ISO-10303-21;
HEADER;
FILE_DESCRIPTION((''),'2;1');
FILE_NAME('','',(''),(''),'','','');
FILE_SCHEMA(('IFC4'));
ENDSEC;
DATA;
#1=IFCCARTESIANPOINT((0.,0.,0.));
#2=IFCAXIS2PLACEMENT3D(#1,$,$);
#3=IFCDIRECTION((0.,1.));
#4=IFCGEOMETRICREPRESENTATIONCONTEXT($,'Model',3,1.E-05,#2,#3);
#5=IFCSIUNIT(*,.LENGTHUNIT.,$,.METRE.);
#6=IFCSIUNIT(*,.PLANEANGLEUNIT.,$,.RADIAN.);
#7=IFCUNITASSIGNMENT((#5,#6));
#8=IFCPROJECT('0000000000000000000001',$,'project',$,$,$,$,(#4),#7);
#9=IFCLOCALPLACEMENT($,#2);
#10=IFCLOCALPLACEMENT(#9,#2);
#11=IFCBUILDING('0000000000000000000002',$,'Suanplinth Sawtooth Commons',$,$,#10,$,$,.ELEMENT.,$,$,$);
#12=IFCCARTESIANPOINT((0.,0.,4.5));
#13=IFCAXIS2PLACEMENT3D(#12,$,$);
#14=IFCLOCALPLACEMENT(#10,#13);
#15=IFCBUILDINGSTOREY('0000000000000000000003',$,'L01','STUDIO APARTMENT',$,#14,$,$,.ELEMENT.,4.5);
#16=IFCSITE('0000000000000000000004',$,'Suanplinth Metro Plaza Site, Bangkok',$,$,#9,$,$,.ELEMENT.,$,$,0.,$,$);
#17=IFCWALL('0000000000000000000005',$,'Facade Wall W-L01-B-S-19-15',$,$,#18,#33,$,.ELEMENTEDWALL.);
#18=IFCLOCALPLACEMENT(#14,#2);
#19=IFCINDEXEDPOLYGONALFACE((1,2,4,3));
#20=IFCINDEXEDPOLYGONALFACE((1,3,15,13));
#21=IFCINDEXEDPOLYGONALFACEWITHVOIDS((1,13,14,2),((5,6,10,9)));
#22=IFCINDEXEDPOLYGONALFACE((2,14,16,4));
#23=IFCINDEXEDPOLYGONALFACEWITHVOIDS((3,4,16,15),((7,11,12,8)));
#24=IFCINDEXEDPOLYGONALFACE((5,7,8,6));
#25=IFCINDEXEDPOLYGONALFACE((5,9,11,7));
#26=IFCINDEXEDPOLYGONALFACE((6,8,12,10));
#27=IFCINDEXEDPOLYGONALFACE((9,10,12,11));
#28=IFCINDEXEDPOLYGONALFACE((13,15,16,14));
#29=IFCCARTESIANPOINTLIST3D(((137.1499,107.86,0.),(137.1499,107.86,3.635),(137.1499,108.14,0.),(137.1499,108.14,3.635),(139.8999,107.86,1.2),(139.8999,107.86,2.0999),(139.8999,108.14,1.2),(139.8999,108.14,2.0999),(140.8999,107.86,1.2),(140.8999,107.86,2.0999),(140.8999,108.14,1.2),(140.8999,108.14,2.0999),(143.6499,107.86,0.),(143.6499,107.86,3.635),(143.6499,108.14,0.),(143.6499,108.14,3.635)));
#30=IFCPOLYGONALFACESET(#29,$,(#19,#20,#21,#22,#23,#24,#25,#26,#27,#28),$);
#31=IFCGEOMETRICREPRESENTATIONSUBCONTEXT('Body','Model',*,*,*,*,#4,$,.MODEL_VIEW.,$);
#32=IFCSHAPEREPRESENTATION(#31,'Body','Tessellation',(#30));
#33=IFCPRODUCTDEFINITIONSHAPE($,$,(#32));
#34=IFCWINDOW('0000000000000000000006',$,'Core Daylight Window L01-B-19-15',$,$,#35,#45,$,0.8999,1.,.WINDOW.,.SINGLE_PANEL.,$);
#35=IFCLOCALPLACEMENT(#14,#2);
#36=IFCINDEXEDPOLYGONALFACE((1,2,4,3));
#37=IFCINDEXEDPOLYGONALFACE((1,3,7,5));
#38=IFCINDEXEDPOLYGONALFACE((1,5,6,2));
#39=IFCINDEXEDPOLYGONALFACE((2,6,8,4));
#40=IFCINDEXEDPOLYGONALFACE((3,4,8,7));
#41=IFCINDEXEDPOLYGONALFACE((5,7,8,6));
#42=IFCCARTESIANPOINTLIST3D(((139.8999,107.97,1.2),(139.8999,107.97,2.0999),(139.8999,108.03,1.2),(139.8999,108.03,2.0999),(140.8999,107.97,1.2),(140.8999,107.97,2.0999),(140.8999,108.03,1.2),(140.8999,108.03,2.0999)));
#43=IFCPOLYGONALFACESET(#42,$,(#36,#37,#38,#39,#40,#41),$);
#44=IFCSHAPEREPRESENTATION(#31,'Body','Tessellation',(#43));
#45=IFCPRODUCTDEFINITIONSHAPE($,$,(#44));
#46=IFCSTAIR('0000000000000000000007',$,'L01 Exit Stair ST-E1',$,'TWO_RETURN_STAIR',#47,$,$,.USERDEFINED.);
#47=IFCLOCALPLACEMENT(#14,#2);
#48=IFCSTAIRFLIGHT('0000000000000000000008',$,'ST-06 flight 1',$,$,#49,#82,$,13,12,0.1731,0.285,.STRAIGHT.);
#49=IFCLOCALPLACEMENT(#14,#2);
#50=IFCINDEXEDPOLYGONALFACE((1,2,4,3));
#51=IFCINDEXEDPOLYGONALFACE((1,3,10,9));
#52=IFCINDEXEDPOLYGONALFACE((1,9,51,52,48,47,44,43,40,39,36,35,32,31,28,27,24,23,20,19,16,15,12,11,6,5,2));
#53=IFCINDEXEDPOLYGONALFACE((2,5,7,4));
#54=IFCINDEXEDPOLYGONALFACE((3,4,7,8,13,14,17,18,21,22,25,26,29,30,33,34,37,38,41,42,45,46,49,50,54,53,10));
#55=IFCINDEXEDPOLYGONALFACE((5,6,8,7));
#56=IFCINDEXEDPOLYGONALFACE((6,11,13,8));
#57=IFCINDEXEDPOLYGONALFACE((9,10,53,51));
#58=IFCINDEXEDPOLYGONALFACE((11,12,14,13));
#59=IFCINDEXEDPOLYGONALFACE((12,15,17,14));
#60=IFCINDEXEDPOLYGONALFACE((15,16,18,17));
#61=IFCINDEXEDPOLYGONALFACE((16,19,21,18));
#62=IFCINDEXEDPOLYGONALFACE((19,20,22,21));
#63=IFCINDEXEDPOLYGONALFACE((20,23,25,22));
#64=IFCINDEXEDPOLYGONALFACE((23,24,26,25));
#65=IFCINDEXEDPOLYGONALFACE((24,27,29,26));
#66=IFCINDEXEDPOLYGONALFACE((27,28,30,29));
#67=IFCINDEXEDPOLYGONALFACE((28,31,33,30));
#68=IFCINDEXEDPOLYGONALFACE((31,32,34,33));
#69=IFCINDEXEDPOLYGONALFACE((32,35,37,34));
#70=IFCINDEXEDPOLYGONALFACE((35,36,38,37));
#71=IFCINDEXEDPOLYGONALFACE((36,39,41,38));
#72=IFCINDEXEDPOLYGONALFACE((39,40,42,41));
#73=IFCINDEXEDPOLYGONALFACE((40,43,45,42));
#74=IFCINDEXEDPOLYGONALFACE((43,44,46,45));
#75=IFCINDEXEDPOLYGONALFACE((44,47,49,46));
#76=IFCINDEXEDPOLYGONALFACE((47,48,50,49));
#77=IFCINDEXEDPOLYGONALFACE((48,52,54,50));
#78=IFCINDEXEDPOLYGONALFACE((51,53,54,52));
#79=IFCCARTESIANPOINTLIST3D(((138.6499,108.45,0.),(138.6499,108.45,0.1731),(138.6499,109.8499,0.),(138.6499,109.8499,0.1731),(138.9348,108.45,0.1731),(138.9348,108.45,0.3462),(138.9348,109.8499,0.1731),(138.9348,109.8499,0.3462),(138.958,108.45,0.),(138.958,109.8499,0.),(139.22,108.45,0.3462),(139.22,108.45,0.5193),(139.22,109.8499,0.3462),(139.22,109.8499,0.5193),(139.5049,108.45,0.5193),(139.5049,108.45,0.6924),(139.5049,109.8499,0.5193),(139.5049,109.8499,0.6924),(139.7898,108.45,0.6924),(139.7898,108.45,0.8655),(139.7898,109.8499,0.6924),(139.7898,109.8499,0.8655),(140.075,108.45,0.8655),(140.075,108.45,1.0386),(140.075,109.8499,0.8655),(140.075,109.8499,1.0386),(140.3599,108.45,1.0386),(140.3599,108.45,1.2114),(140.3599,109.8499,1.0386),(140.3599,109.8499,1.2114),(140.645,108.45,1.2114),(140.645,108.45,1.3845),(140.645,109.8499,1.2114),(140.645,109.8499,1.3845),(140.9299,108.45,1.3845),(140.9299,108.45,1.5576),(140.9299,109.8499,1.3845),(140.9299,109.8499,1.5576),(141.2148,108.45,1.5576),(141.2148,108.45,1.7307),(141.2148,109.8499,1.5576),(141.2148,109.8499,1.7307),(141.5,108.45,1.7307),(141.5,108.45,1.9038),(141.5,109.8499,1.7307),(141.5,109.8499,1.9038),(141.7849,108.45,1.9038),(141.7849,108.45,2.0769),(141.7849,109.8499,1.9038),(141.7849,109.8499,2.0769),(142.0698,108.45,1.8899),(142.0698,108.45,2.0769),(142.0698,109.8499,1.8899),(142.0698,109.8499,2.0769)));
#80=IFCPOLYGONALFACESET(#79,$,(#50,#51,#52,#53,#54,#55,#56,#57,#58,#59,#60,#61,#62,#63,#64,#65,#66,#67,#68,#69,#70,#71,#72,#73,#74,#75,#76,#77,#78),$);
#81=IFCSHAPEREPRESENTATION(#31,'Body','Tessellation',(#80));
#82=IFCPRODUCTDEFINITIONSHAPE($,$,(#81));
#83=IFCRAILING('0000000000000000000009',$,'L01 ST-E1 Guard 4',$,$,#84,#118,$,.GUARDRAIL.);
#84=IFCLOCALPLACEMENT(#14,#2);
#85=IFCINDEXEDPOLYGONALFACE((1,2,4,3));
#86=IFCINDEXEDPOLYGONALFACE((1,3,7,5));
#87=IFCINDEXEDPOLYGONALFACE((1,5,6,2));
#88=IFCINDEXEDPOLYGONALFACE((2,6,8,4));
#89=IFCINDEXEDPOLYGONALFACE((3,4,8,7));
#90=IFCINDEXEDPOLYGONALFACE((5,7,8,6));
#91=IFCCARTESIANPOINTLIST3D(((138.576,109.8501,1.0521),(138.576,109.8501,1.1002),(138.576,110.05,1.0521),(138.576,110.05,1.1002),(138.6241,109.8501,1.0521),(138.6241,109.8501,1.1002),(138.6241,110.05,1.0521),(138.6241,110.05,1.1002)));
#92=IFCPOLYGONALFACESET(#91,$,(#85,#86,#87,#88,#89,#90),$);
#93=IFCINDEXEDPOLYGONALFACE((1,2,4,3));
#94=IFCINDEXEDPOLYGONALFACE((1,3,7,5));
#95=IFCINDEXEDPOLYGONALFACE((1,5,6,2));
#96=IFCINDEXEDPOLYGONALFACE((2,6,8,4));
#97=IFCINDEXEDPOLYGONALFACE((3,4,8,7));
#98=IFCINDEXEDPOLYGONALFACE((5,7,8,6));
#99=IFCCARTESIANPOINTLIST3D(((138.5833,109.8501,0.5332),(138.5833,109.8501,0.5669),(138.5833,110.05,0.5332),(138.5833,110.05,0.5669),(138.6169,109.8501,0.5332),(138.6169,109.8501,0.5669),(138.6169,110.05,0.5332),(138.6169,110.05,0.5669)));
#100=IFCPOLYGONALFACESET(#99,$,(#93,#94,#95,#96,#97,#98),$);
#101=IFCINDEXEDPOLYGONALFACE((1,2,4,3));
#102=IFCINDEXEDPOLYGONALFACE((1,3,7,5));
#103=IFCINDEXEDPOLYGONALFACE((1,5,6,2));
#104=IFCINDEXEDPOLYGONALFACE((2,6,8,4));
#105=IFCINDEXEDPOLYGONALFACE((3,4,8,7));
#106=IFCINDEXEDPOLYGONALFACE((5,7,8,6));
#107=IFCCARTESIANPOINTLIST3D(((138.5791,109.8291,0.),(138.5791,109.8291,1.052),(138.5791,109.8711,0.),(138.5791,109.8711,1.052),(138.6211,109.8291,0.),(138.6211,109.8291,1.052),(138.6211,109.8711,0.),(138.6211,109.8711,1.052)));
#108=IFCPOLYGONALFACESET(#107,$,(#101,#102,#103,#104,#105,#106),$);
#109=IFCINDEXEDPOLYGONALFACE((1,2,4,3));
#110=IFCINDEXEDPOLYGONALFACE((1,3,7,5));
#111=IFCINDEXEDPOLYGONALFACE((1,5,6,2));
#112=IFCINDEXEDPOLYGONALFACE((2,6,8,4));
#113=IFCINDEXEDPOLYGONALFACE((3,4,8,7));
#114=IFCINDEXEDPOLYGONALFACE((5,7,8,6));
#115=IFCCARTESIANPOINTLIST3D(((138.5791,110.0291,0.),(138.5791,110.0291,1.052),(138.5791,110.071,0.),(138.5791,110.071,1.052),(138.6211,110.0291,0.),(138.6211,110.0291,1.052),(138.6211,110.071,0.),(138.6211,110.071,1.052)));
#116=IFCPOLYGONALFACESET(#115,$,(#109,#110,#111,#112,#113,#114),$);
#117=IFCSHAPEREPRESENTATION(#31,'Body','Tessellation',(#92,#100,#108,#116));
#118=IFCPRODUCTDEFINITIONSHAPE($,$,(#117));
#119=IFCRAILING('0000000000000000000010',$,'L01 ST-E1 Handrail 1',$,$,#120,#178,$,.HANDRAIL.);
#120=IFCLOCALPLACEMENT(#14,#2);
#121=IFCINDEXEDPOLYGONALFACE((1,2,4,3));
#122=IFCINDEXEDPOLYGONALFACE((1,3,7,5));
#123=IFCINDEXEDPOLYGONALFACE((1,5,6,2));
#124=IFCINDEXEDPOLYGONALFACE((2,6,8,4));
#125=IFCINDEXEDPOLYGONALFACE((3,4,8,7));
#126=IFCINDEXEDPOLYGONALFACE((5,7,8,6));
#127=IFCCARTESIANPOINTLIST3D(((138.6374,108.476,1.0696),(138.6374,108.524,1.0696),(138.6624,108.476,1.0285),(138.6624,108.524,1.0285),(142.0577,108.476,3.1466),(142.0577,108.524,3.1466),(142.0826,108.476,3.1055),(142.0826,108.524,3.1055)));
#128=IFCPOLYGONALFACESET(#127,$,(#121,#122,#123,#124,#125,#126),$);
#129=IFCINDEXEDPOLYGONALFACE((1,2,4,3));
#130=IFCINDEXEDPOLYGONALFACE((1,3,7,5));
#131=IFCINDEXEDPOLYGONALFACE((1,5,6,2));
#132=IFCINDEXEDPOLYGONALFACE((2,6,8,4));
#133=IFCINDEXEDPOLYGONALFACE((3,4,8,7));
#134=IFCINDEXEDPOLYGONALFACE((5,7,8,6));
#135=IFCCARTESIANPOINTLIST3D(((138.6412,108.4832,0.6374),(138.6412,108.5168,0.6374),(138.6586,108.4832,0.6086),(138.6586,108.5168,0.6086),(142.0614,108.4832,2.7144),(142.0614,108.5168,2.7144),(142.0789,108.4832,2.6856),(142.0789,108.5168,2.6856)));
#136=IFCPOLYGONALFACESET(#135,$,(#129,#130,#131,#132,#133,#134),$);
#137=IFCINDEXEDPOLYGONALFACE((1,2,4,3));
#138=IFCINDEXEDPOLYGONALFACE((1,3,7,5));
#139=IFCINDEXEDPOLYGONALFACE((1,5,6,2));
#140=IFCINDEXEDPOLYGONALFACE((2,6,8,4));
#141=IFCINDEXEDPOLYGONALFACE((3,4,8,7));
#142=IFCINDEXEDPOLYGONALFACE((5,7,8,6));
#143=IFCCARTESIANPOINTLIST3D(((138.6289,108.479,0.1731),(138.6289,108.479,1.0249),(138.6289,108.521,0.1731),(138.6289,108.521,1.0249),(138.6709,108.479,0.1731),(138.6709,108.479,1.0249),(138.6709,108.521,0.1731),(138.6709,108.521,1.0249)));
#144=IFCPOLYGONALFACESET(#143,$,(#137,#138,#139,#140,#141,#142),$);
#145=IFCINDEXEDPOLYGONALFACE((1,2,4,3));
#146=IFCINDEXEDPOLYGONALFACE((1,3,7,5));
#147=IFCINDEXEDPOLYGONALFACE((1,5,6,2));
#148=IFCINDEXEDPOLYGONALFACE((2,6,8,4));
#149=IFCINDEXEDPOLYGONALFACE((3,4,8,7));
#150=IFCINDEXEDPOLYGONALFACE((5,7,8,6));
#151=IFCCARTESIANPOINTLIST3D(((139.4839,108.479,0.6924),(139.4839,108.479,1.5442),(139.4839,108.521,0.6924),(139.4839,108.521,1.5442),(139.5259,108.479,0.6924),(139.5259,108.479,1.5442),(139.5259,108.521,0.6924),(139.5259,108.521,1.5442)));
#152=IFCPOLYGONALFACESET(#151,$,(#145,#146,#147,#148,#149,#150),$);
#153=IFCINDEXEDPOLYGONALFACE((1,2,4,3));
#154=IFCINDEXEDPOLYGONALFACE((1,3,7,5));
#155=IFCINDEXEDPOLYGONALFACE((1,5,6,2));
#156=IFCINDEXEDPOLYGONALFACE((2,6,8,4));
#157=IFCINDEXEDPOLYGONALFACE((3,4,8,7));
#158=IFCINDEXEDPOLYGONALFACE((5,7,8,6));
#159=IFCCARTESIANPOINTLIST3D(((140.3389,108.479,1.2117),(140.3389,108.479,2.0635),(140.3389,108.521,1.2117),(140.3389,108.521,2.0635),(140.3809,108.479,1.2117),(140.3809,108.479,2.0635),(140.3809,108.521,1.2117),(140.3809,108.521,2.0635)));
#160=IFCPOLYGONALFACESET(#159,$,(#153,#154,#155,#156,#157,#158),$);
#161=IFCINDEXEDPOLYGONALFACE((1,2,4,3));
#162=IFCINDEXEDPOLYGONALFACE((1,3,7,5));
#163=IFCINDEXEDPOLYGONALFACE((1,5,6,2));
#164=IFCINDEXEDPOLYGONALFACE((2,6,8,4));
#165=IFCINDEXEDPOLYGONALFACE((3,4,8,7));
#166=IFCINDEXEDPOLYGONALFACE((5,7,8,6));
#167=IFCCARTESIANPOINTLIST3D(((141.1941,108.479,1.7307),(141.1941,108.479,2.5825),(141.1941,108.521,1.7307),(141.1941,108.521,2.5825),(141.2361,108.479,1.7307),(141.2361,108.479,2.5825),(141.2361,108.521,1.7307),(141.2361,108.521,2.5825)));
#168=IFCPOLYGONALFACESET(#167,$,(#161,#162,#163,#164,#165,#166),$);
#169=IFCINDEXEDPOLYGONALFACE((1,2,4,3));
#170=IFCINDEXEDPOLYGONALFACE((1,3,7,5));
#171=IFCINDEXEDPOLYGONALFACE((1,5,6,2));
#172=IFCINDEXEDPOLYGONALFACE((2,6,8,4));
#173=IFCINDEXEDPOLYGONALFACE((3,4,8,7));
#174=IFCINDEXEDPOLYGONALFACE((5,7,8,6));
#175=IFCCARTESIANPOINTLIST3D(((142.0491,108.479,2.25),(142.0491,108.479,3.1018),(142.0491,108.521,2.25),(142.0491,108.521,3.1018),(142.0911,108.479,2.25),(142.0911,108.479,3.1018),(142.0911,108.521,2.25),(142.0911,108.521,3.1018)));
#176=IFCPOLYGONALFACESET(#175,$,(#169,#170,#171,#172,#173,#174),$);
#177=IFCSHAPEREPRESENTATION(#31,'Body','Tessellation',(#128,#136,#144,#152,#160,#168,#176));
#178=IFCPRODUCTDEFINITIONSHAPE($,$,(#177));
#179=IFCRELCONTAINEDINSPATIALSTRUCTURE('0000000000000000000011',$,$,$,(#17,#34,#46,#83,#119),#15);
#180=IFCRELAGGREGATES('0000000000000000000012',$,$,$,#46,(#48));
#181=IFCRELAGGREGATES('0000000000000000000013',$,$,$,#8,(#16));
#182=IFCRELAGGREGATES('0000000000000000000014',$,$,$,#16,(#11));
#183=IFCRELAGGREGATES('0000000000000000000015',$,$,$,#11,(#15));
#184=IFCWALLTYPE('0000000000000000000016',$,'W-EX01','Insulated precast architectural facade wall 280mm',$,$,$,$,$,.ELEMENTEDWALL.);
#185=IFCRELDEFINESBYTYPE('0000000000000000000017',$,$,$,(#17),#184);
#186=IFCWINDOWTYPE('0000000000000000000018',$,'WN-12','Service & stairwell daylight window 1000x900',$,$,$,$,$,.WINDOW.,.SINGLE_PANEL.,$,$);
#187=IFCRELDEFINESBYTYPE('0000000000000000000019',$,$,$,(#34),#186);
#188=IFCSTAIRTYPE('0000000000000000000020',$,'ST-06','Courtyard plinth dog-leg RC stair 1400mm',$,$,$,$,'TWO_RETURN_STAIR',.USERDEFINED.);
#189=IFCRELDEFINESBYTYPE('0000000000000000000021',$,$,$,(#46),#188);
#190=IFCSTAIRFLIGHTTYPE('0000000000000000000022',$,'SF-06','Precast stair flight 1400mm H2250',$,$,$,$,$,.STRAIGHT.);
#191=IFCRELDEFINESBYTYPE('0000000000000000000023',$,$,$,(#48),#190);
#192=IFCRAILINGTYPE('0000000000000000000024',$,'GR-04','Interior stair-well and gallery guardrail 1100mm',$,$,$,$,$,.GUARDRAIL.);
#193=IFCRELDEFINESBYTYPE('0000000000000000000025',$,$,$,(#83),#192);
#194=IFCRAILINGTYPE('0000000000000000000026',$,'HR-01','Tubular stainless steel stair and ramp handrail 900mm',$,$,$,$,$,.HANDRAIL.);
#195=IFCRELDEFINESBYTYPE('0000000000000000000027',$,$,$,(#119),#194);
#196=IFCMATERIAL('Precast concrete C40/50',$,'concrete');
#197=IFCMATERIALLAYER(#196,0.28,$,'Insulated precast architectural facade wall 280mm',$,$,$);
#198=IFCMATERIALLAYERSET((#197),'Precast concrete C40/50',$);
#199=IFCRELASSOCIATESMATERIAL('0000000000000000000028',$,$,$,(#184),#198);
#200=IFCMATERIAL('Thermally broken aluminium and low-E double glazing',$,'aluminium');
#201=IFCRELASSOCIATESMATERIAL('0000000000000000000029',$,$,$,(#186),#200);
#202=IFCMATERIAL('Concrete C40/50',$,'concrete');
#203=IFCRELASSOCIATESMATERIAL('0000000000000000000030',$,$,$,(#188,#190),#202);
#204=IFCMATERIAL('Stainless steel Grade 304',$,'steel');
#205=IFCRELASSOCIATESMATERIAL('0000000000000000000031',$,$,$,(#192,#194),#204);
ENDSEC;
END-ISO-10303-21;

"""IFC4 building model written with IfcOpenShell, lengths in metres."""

from ifc_helpers import new_model, si_unit, direction, frame, frame_2d, origin, origin_2d, place, context, subcontext, project, spatial, polyline, rectangle, outline, extrude, material, layer, layer_set, type_object, element, fill, aggregate, save


model = new_model("IFC4")

# Units and contexts
model_context = context("Model", 3, precision=1e-05, world=origin(), true_north=direction((0.0, 1.0)))
body_context = subcontext(model_context, "Body", "Model", "MODEL_VIEW")
ifc_project = project(units=[si_unit("LENGTHUNIT", "METRE"), si_unit("PLANEANGLEUNIT", "RADIAN")], contexts=[model_context])

# Site, building, storey
site_placement = place(None, origin())
site = spatial("IfcSite", under=ifc_project, at=site_placement, Name="Suanplinth Metro Plaza Site, Bangkok", CompositionType="ELEMENT", RefElevation=0.0)
building_placement = place(site_placement, origin())
building = spatial("IfcBuilding", under=site, at=building_placement, Name="Suanplinth Sawtooth Commons", CompositionType="ELEMENT")
storey_placement = place(building_placement, frame((0.0, 0.0, 4.5)))
storey = spatial("IfcBuildingStorey", under=building, at=storey_placement, Name="L01", Description="STUDIO APARTMENT", CompositionType="ELEMENT", Elevation=4.5)

# Shared definitions
ifc_material_1 = material(Name="Concrete C40/50", Category="concrete")

# Shared definitions
ifc_material_2 = material(Name="Precast concrete C40/50", Category="concrete")

# Shared definitions
ifc_layer_1 = layer(ifc_material_2, 0.28, Name="Insulated precast architectural facade wall 280mm")
ifc_layer_set_1 = layer_set([ifc_layer_1], Name="Precast concrete C40/50")
wall_type_1 = type_object("IfcWallType", Name="W-EX01", Description="Insulated precast architectural facade wall 280mm", PredefinedType="ELEMENTEDWALL", material=ifc_layer_set_1)
ifc_material_3 = material(Name="Thermally broken aluminium and low-E double glazing", Category="aluminium")

# Wall, opening, window
wall_1_placement = place(storey_placement, frame((137.1499, 108.0, 0.0), z_axis=(0.0, 0.0, 1.0), x_axis=(1.0, 0.0, 0.0)))
wall_1 = element("IfcWall", 1, at=wall_1_placement, inside=storey, type_object=wall_type_1, Name="Facade Wall W-L01-B-S-19-15", PredefinedType="ELEMENTEDWALL", context=body_context, shape_type="SweptSolid", body=[
    extrude(rectangle(XDim=6.5, YDim=0.28, at=frame_2d((3.25, 0.0))), origin(), (0.0, 0.0, 1.0), 3.635),
])
opening_1_placement = place(wall_1_placement, frame((2.75, 0.0, 1.2)))
opening_1 = element("IfcOpeningElement", 2, at=opening_1_placement, cuts=wall_1, PredefinedType="OPENING", context=body_context, shape_type="SweptSolid", body=[
    extrude(rectangle(XDim=1.0, YDim=0.8999, at=frame_2d((0.5, 0.45))), frame((0.0, 0.1548, 0.0), z_axis=(0.0, -1.0, 0.0), x_axis=(1.0, 0.0, 0.0)), (0.0, 0.0, 1.0), 0.3098),
])
window_type_1 = type_object("IfcWindowType", Name="WN-12", Description="Service & stairwell daylight window 1000x900", PartitioningType="SINGLE_PANEL", PredefinedType="WINDOW", material=ifc_material_3)
window_1_placement = place(opening_1_placement, origin())
window_1 = element("IfcWindow", 3, at=window_1_placement, inside=storey, type_object=window_type_1, Name="Core Daylight Window L01-B-19-15", OverallHeight=0.8999, OverallWidth=1.0, PartitioningType="SINGLE_PANEL", PredefinedType="WINDOW", context=body_context, shape_type="SweptSolid", body=[
    extrude(rectangle(XDim=1.0, YDim=0.8999, at=frame_2d((0.5, 0.45))), frame((0.0, 0.03, 0.0), z_axis=(0.0, -1.0, 0.0), x_axis=(1.0, 0.0, 0.0)), (0.0, 0.0, 1.0), 0.0601),
])
fill(opening_1, window_1)

# Stair, stair flight
stair_type = type_object("IfcStairType", Name="ST-06", Description="Courtyard plinth dog-leg RC stair 1400mm", ElementType="TWO_RETURN_STAIR", PredefinedType="USERDEFINED", material=ifc_material_1)
stair_placement = place(storey_placement, origin())
stair = element("IfcStair", 4, at=stair_placement, inside=storey, type_object=stair_type, Name="L01 Exit Stair ST-E1", ObjectType="TWO_RETURN_STAIR", PredefinedType="USERDEFINED")
stair_flight_type = type_object("IfcStairFlightType", Name="SF-06", Description="Precast stair flight 1400mm H2250", PredefinedType="STRAIGHT", material=ifc_material_1)
stair_flight_placement = place(storey_placement, frame((138.6499, 109.1499, 0.0), z_axis=(0.0, 0.0, 1.0), x_axis=(1.0, 0.0, 0.0)))
stair_flight = element("IfcStairFlight", 5, at=stair_flight_placement, type_object=stair_flight_type, Name="ST-06 flight 1", NumberOfRisers=13, NumberOfTreads=12, PredefinedType="STRAIGHT", RiserHeight=0.1731, TreadLength=0.285, context=body_context, shape_type="SweptSolid", body=[
    extrude(outline(polyline([(0.0, 0.0), (0.0, 0.1731), (0.2849, 0.1731), (0.2849, 0.3462), (0.5701, 0.3462), (0.5701, 0.5193), (0.855, 0.5193), (0.855, 0.6924), (1.1399, 0.6924), (1.1399, 0.8655), (1.425, 0.8655), (1.425, 1.0386), (1.71, 1.0386), (1.71, 1.2114), (1.9951, 1.2114), (1.9951, 1.3845), (2.28, 1.3845), (2.28, 1.5576), (2.5649, 1.5576), (2.5649, 1.7307), (2.8501, 1.7307), (2.8501, 1.9038), (3.135, 1.9038), (3.135, 2.0769), (3.4199, 2.0769), (3.4199, 2.25), (3.4199, 1.8899), (0.3081, 0.0), (0.0, 0.0)])), frame((0.0, 0.7, 0.0), z_axis=(0.0, -1.0, 0.0), x_axis=(1.0, 0.0, 0.0)), (0.0, 0.0, 1.0), 1.3999),
])
aggregate(stair, [stair_flight])

# Railings
ifc_material_4 = material(Name="Stainless steel Grade 304", Category="steel")
railing_type_1 = type_object("IfcRailingType", Name="GR-04", Description="Interior stair-well and gallery guardrail 1100mm", PredefinedType="GUARDRAIL", material=ifc_material_4)
railing_1_placement = place(storey_placement, frame((138.6001, 109.8501, 0.0)))
element("IfcRailing", 6, at=railing_1_placement, inside=storey, type_object=railing_type_1, Name="L01 ST-E1 Guard 4", PredefinedType="GUARDRAIL", context=body_context, shape_type="SweptSolid", body=[
    extrude(rectangle(XDim=0.0481, YDim=0.0481, at=origin_2d()), frame((0.0, 0.0, 1.0762), z_axis=(0.0, 1.0, 0.0), x_axis=(-1.0, 0.0, 0.0)), (0.0, 0.0, 1.0), 0.2),
    extrude(rectangle(XDim=0.0337, YDim=0.0337, at=origin_2d()), frame((0.0, 0.0, 0.55), z_axis=(0.0, 1.0, 0.0), x_axis=(-1.0, 0.0, 0.0)), (0.0, 0.0, 1.0), 0.2),
    extrude(rectangle(XDim=0.042, YDim=0.042, at=origin_2d()), origin(), (0.0, 0.0, 1.0), 1.052),
    extrude(rectangle(XDim=0.042, YDim=0.042, at=origin_2d()), frame((0.0, 0.2, 0.0)), (0.0, 0.0, 1.0), 1.052),
])
railing_type_2 = type_object("IfcRailingType", Name="HR-01", Description="Tubular stainless steel stair and ramp handrail 900mm", PredefinedType="HANDRAIL", material=ifc_material_4)
railing_2_placement = place(storey_placement, frame((138.6499, 108.5, 0.1731)))
element("IfcRailing", 7, at=railing_2_placement, inside=storey, type_object=railing_type_2, Name="L01 ST-E1 Handrail 1", PredefinedType="HANDRAIL", context=body_context, shape_type="SweptSolid", body=[
    extrude(rectangle(XDim=0.0481, YDim=0.0481, at=origin_2d()), frame((0.0, 0.0, 0.876), z_axis=(0.854746, 0.0, 0.519047), x_axis=(0.0, 1.0, 0.0)), (0.0, 0.0, 1.0), 4.0015),
    extrude(rectangle(XDim=0.0337, YDim=0.0337, at=origin_2d()), frame((0.0, 0.0, 0.45), z_axis=(0.854746, 0.0, 0.519047), x_axis=(0.0, 1.0, 0.0)), (0.0, 0.0, 1.0), 4.0015),
    extrude(rectangle(XDim=0.042, YDim=0.042, at=origin_2d()), origin(), (0.0, 0.0, 1.0), 0.8518),
    extrude(rectangle(XDim=0.042, YDim=0.042, at=origin_2d()), frame((0.855, 0.0, 0.5193)), (0.0, 0.0, 1.0), 0.8518),
    extrude(rectangle(XDim=0.042, YDim=0.042, at=origin_2d()), frame((1.71, 0.0, 1.0386)), (0.0, 0.0, 1.0), 0.8518),
    extrude(rectangle(XDim=0.042, YDim=0.042, at=origin_2d()), frame((2.5652, 0.0, 1.5576)), (0.0, 0.0, 1.0), 0.8518),
    extrude(rectangle(XDim=0.042, YDim=0.042, at=origin_2d()), frame((3.4202, 0.0, 2.0769)), (0.0, 0.0, 1.0), 0.8518),
])

save(model, "model.ifc")
